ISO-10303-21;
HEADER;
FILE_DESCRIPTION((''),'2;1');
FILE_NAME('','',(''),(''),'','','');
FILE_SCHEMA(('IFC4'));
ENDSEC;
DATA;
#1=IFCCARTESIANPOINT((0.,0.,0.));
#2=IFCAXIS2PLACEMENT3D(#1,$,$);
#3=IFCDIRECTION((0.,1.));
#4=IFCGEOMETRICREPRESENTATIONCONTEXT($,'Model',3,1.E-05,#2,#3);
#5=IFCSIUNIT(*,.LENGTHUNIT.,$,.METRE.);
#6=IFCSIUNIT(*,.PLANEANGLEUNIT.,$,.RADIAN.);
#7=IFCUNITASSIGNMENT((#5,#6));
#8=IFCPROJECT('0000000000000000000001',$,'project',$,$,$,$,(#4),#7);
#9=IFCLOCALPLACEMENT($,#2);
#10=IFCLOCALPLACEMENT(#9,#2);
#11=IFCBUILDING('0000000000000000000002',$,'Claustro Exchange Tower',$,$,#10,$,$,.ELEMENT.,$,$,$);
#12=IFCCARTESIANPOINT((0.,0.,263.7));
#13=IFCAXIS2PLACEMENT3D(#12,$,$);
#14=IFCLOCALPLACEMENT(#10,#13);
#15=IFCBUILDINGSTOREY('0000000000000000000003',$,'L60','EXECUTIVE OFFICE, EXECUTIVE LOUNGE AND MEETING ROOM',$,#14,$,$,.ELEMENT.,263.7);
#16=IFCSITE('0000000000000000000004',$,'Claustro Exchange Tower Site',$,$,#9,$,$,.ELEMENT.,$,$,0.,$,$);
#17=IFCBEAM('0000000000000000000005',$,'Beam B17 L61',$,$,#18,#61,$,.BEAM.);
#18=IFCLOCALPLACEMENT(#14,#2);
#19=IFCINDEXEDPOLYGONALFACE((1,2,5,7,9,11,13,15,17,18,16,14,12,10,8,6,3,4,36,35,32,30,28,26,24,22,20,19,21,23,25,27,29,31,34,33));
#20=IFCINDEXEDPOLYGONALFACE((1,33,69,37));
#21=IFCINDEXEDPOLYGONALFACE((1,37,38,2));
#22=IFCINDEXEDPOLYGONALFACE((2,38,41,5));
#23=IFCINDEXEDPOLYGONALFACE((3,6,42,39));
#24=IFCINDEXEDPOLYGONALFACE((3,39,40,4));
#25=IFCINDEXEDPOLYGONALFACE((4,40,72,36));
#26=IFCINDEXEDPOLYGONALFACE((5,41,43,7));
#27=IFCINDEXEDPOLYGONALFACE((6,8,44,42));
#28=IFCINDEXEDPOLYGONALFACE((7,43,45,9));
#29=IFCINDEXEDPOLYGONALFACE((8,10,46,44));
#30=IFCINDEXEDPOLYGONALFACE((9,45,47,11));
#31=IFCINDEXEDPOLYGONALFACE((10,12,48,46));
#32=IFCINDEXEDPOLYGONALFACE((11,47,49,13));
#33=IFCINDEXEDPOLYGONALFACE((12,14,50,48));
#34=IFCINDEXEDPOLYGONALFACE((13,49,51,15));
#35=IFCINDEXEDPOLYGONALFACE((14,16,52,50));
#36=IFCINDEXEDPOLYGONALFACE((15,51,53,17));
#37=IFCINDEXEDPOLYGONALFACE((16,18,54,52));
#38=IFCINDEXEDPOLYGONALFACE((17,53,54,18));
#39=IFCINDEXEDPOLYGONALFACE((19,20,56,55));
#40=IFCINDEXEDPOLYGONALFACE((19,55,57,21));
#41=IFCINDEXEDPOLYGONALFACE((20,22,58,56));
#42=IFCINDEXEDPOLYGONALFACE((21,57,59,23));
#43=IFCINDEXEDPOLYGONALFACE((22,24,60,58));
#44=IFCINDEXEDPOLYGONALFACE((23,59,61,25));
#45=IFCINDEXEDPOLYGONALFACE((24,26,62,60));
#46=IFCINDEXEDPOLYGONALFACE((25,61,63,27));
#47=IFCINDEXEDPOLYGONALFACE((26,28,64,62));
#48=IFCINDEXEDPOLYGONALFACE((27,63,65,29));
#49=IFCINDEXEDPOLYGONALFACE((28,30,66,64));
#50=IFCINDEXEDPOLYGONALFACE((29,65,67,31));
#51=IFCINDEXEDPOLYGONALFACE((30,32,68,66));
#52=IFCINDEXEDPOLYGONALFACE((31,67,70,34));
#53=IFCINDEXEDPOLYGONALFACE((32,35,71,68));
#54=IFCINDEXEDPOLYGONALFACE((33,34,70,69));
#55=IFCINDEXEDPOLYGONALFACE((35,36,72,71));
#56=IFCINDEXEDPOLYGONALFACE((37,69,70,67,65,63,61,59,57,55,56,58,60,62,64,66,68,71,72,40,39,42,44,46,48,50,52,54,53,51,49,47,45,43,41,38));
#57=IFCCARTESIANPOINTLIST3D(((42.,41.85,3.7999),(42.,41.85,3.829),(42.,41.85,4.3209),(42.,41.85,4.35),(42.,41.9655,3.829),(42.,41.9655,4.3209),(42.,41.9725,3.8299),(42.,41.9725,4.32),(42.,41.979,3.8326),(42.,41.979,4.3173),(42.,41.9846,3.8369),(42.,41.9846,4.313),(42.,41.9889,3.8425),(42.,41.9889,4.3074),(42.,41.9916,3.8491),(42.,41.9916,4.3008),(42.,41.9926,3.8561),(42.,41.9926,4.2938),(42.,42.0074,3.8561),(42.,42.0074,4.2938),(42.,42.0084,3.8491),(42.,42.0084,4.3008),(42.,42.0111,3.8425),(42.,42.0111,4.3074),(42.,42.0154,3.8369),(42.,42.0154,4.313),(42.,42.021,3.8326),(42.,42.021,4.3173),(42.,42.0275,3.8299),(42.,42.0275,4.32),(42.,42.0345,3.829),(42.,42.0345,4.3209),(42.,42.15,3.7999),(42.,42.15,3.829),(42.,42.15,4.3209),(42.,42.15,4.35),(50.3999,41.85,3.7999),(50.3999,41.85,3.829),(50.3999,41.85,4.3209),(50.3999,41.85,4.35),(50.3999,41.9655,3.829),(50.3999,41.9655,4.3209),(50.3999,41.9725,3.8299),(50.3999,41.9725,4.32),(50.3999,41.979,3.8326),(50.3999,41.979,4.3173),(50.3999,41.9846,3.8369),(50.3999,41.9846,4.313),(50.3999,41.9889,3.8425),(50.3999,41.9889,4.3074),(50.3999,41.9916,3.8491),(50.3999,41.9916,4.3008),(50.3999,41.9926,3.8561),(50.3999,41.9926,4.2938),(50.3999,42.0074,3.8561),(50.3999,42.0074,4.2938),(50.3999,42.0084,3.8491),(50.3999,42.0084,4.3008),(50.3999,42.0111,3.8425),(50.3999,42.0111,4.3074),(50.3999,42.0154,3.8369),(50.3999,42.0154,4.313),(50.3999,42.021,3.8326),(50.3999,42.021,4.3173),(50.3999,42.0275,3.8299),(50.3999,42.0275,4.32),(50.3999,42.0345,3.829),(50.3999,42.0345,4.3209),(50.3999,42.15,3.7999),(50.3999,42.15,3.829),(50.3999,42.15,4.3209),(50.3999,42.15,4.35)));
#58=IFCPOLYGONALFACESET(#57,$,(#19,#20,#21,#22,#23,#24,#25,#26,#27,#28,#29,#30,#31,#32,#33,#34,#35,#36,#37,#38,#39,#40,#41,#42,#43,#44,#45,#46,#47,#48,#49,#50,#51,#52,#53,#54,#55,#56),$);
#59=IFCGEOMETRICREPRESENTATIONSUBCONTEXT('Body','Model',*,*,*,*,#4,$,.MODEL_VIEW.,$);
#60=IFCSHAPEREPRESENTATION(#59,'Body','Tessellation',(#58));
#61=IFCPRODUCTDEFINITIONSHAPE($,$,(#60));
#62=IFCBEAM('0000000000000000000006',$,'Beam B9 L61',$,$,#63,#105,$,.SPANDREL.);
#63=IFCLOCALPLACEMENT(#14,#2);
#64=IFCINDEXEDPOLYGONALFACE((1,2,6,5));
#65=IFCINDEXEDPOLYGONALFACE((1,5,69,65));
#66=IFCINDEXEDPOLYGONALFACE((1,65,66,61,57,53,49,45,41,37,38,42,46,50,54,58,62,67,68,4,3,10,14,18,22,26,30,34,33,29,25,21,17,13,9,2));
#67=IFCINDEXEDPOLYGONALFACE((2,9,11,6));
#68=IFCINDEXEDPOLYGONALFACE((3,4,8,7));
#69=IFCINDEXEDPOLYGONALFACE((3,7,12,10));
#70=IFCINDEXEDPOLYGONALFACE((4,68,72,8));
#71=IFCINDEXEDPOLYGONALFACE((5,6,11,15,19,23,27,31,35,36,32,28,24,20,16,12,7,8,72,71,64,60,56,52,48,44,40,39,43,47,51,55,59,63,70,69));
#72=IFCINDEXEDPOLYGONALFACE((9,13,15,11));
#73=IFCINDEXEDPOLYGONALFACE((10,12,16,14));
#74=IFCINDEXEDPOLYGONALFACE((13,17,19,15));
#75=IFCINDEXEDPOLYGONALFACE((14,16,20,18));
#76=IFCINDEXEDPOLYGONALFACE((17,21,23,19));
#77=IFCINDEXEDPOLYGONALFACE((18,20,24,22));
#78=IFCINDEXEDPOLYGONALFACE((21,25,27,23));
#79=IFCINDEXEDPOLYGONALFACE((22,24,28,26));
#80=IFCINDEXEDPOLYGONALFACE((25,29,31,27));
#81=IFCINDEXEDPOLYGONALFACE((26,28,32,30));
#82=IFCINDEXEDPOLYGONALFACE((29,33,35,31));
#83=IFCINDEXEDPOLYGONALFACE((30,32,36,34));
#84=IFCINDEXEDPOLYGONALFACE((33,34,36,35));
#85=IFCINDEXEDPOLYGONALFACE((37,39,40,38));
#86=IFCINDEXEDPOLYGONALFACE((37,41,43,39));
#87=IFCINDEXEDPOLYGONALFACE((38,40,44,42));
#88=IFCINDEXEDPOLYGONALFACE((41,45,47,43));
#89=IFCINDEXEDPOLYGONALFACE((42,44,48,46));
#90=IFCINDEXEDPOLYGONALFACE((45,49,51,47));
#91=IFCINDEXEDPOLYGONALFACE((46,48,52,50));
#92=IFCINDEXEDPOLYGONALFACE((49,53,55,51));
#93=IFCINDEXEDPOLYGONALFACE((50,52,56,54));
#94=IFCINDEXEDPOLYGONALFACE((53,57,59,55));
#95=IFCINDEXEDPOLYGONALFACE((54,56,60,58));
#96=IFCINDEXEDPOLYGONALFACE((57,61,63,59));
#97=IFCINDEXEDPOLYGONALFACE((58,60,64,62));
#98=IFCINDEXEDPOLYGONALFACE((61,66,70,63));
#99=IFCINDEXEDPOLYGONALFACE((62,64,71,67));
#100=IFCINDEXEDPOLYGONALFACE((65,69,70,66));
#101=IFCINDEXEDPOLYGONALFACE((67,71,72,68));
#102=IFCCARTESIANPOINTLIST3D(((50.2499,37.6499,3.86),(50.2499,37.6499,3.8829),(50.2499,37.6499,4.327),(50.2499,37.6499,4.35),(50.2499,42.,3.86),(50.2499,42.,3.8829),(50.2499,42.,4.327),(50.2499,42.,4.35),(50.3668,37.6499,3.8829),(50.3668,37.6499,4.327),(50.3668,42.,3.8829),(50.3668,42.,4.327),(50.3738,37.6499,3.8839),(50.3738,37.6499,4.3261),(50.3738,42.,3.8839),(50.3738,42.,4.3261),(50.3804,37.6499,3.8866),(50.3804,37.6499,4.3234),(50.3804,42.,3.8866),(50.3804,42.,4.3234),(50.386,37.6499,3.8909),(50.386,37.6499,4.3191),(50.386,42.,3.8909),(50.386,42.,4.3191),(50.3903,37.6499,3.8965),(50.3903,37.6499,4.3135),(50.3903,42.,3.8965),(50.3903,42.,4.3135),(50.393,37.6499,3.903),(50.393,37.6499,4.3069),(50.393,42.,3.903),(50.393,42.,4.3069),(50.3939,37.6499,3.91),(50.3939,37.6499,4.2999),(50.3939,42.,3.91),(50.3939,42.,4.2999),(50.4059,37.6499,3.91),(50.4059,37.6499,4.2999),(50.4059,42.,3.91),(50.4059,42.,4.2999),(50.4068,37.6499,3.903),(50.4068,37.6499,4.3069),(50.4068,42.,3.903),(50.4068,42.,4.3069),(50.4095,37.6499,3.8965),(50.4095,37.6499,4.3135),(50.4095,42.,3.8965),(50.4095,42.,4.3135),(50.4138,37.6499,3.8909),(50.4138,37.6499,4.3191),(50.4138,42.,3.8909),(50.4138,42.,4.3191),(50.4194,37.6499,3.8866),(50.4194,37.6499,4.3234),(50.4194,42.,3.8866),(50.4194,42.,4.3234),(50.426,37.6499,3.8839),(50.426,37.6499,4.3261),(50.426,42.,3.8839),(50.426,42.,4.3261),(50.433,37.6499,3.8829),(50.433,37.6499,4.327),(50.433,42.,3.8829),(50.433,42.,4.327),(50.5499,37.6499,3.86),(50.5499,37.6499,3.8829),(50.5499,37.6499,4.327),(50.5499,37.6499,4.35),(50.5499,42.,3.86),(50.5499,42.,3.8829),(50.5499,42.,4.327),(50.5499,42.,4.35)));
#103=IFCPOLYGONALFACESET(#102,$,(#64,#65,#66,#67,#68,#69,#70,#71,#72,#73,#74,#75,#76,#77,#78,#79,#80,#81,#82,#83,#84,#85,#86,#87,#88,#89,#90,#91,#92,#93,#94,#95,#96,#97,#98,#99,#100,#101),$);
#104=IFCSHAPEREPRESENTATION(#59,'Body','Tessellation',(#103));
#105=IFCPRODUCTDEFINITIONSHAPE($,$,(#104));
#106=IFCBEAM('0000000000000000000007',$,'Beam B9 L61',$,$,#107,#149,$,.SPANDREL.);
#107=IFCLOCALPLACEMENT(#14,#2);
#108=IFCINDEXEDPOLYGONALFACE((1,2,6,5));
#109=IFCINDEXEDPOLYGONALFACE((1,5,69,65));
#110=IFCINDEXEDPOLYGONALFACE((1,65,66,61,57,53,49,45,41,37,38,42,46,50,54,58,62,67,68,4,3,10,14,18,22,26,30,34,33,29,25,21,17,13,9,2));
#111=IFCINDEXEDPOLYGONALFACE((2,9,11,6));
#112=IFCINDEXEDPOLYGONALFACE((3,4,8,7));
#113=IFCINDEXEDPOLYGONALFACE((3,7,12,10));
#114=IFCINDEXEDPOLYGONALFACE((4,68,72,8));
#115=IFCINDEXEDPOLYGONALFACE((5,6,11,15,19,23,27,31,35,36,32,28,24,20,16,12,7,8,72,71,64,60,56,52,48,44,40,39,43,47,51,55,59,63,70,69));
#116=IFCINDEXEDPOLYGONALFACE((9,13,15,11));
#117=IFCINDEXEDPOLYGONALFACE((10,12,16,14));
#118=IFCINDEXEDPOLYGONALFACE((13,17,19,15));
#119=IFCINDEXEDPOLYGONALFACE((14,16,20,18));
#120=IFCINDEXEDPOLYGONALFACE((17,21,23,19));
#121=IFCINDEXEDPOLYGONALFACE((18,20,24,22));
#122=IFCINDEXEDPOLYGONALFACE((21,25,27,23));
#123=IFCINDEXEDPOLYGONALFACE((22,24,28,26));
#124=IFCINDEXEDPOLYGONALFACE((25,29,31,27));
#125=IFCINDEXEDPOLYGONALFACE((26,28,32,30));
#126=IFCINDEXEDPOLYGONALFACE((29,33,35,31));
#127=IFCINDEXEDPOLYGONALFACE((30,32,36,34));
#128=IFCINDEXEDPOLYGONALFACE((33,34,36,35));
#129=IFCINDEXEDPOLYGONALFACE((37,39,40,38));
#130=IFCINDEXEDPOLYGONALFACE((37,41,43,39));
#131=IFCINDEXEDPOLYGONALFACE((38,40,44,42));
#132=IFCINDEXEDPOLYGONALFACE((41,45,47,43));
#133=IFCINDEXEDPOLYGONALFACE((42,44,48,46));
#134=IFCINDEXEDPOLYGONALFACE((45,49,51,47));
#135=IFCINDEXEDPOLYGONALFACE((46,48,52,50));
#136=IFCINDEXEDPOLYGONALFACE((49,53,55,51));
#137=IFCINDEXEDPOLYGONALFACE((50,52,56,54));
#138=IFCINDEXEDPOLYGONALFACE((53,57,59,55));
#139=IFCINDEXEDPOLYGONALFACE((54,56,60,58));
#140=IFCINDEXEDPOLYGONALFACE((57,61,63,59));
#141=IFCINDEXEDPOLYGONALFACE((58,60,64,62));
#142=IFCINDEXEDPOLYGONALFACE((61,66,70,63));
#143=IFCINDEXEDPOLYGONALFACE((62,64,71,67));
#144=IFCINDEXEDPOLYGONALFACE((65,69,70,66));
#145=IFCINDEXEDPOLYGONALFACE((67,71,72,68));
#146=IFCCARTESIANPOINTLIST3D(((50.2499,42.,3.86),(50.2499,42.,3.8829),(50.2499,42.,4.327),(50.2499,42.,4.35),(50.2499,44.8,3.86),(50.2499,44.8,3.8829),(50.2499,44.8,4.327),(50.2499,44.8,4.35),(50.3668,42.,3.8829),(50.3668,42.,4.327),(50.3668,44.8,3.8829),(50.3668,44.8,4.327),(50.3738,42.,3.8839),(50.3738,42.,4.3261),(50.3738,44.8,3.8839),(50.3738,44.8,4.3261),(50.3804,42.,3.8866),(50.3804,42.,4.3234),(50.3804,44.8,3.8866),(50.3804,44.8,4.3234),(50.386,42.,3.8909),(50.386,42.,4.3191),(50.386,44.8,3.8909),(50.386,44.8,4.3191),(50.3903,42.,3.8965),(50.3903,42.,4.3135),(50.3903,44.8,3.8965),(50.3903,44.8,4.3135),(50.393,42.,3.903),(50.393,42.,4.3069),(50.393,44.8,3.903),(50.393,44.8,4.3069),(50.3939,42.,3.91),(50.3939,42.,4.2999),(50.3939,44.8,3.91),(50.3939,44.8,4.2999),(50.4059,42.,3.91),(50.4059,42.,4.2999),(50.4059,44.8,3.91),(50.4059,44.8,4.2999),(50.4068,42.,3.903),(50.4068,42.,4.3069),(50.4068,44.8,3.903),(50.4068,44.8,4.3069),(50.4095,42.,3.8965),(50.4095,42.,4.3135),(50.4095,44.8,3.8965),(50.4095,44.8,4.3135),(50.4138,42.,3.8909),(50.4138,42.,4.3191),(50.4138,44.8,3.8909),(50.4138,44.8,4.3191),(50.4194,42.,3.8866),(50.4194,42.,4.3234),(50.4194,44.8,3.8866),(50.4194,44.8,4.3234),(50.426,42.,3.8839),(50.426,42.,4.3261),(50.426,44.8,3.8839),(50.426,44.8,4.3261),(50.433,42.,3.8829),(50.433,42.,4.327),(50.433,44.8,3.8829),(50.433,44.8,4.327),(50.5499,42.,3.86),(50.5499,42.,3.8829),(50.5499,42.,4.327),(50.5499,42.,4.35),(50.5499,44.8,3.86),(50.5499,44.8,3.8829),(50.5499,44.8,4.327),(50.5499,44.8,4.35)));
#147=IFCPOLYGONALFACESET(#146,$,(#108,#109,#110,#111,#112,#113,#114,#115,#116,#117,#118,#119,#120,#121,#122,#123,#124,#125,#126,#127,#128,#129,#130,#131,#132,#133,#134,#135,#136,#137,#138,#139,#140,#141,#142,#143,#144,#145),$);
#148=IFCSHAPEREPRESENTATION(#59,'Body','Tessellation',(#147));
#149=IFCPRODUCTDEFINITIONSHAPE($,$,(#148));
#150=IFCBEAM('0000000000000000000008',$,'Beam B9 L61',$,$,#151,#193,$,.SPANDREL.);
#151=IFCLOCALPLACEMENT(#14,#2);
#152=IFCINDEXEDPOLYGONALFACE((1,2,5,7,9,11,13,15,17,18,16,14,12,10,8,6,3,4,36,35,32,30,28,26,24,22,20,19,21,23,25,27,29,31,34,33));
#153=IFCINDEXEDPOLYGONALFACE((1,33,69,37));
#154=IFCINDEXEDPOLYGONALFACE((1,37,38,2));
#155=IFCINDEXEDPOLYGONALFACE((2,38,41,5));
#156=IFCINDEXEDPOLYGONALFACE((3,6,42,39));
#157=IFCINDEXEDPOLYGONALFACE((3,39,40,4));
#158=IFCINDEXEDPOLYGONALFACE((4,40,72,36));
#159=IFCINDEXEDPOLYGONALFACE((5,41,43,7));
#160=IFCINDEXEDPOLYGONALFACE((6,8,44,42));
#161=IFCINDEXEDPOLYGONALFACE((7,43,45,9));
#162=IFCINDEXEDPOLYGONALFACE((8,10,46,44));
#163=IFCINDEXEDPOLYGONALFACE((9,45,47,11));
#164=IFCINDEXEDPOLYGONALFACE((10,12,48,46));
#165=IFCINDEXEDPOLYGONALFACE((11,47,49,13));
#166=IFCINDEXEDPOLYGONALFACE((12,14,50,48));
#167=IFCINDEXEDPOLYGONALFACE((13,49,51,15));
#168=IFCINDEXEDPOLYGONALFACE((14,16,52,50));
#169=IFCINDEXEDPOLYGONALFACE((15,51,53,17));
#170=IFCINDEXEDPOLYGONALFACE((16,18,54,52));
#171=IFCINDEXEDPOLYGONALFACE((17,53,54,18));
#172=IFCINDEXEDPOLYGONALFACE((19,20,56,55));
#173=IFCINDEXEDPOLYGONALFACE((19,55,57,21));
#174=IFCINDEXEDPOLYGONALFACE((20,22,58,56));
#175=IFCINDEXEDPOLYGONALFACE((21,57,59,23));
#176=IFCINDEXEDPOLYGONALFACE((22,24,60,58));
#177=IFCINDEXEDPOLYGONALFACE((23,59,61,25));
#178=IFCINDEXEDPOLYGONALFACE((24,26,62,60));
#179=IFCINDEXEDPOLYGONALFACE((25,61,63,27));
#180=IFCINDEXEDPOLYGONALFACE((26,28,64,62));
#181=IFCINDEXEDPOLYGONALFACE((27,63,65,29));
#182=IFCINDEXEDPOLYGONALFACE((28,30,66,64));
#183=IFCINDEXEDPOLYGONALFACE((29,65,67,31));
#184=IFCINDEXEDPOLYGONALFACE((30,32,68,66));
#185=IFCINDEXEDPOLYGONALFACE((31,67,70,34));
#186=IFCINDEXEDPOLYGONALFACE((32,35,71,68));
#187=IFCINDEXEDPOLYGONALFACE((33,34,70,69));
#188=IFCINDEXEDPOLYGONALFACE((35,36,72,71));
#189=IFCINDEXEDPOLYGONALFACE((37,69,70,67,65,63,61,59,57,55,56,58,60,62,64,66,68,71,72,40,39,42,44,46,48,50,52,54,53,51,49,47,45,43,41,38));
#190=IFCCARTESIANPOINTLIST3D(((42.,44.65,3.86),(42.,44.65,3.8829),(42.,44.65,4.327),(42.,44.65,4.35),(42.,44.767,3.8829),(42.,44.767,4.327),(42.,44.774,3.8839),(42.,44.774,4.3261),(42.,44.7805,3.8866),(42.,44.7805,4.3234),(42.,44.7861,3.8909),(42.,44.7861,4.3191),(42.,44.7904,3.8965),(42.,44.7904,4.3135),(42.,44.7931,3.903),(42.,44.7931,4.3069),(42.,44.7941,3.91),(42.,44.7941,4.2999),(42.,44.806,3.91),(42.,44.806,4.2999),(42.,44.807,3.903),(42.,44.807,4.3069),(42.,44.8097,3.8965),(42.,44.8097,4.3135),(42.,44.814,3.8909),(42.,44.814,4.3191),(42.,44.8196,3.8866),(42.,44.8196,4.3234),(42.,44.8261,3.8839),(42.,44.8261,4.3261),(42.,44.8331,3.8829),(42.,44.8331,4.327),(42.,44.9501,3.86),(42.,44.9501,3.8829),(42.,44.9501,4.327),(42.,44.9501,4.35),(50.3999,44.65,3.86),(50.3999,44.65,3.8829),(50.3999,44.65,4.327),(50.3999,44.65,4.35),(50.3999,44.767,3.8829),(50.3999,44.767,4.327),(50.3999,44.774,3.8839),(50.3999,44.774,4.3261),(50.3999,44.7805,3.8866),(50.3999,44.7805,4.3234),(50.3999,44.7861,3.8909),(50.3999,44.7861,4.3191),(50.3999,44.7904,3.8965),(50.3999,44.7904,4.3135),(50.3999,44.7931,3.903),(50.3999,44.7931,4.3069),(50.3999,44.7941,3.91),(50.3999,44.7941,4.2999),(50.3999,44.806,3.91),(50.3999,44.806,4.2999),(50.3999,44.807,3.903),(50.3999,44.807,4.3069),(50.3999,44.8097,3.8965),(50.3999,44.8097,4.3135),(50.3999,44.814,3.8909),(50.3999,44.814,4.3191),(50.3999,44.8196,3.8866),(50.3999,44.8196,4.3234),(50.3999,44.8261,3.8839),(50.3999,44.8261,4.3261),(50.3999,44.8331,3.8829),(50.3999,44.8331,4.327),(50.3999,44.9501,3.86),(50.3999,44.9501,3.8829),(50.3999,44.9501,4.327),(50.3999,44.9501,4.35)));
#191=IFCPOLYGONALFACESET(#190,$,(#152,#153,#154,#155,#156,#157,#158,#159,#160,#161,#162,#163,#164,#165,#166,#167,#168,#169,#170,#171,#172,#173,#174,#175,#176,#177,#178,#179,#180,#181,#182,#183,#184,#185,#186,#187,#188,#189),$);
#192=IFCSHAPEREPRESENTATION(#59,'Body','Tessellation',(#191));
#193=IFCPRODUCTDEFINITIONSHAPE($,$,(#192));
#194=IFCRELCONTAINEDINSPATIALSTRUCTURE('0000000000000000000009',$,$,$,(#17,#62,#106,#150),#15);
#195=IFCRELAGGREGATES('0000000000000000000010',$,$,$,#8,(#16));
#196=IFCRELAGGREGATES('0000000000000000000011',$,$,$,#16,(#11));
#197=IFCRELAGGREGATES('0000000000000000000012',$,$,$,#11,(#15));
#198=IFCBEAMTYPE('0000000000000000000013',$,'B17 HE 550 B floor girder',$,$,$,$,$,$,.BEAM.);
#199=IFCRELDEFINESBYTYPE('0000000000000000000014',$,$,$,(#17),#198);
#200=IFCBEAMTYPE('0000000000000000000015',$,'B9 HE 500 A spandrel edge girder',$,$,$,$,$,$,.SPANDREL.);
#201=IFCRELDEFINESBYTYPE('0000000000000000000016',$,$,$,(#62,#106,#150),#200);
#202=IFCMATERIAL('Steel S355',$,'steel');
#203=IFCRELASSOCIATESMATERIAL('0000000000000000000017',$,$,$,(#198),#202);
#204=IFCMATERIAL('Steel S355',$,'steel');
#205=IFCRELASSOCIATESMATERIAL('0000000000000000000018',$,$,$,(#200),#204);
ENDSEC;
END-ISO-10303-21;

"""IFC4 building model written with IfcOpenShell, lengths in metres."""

from ifc_helpers import new_model, si_unit, direction, frame, origin, origin_2d, place, context, subcontext, project, spatial, i_section, extrude, material, material_profile, profile_set, type_object, element, save


model = new_model("IFC4")

# Units and contexts
model_context = context("Model", 3, precision=1e-05, world=origin(), true_north=direction((0.0, 1.0)))
body_context = subcontext(model_context, "Body", "Model", "MODEL_VIEW")
ifc_project = project(units=[si_unit("LENGTHUNIT", "METRE"), si_unit("PLANEANGLEUNIT", "RADIAN")], contexts=[model_context])

# Site, building, storey
site_placement = place(None, origin())
site = spatial("IfcSite", under=ifc_project, at=site_placement, Name="Claustro Exchange Tower Site", CompositionType="ELEMENT", RefElevation=0.0)
building_placement = place(site_placement, origin())
building = spatial("IfcBuilding", under=site, at=building_placement, Name="Claustro Exchange Tower", CompositionType="ELEMENT")
storey_placement = place(building_placement, frame((0.0, 0.0, 263.7)))
storey = spatial("IfcBuildingStorey", under=building, at=storey_placement, Name="L60", Description="EXECUTIVE OFFICE, EXECUTIVE LOUNGE AND MEETING ROOM", CompositionType="ELEMENT", Elevation=263.7)

# Beams
ifc_material_1 = material(Name="Steel S355", Category="steel")
ifc_material_profile_1 = material_profile(ifc_material_1, i_section(OverallWidth=0.3, OverallDepth=0.55, WebThickness=0.0149, FlangeThickness=0.0291, FilletRadius=0.0271, at=origin_2d()), Name="HE 550 B")
ifc_profile_set_1 = profile_set([ifc_material_profile_1], Name="Steel S355")
beam_type_1 = type_object("IfcBeamType", Name="B17 HE 550 B floor girder", PredefinedType="BEAM", material=ifc_profile_set_1)
beam_1_placement = place(storey_placement, frame((42.0, 42.0, 4.075), z_axis=(1.0, 0.0, 0.0), x_axis=(0.0, 1.0, 0.0)))
element("IfcBeam", 1, at=beam_1_placement, inside=storey, type_object=beam_type_1, Name="Beam B17 L61", PredefinedType="BEAM", context=body_context, shape_type="SweptSolid", body=[
    extrude(i_section(OverallWidth=0.3, OverallDepth=0.55, WebThickness=0.0149, FlangeThickness=0.0291, FilletRadius=0.0271, at=origin_2d()), origin(), (0.0, 0.0, 1.0), 8.3999),
])
ifc_material_2 = material(Name="Steel S355", Category="steel")
ifc_material_profile_2 = material_profile(ifc_material_2, i_section(OverallWidth=0.3, OverallDepth=0.49, WebThickness=0.012, FlangeThickness=0.0229, FilletRadius=0.0271, at=origin_2d()), Name="HE 500 A")
ifc_profile_set_2 = profile_set([ifc_material_profile_2], Name="Steel S355")
beam_type_2 = type_object("IfcBeamType", Name="B9 HE 500 A spandrel edge girder", PredefinedType="SPANDREL", material=ifc_profile_set_2)
beam_2_placement = place(storey_placement, frame((50.3999, 37.6499, 4.105), z_axis=(0.0, 1.0, 0.0), x_axis=(-1.0, 0.0, 0.0)))
element("IfcBeam", 2, at=beam_2_placement, inside=storey, type_object=beam_type_2, Name="Beam B9 L61", PredefinedType="SPANDREL", context=body_context, shape_type="SweptSolid", body=[
    extrude(i_section(OverallWidth=0.3, OverallDepth=0.49, WebThickness=0.012, FlangeThickness=0.0229, FilletRadius=0.0271, at=origin_2d()), origin(), (0.0, 0.0, 1.0), 4.3501),
])
beam_3_placement = place(storey_placement, frame((50.3999, 42.0, 4.105), z_axis=(0.0, 1.0, 0.0), x_axis=(-1.0, 0.0, 0.0)))
element("IfcBeam", 3, at=beam_3_placement, inside=storey, type_object=beam_type_2, Name="Beam B9 L61", PredefinedType="SPANDREL", context=body_context, shape_type="SweptSolid", body=[
    extrude(i_section(OverallWidth=0.3, OverallDepth=0.49, WebThickness=0.012, FlangeThickness=0.0229, FilletRadius=0.0271, at=origin_2d()), origin(), (0.0, 0.0, 1.0), 2.8),
])
beam_4_placement = place(storey_placement, frame((42.0, 44.8, 4.105), z_axis=(1.0, 0.0, 0.0), x_axis=(0.0, 1.0, 0.0)))
element("IfcBeam", 4, at=beam_4_placement, inside=storey, type_object=beam_type_2, Name="Beam B9 L61", PredefinedType="SPANDREL", context=body_context, shape_type="SweptSolid", body=[
    extrude(i_section(OverallWidth=0.3, OverallDepth=0.49, WebThickness=0.012, FlangeThickness=0.0229, FilletRadius=0.0271, at=origin_2d()), origin(), (0.0, 0.0, 1.0), 8.3999),
])

save(model, "model.ifc")
